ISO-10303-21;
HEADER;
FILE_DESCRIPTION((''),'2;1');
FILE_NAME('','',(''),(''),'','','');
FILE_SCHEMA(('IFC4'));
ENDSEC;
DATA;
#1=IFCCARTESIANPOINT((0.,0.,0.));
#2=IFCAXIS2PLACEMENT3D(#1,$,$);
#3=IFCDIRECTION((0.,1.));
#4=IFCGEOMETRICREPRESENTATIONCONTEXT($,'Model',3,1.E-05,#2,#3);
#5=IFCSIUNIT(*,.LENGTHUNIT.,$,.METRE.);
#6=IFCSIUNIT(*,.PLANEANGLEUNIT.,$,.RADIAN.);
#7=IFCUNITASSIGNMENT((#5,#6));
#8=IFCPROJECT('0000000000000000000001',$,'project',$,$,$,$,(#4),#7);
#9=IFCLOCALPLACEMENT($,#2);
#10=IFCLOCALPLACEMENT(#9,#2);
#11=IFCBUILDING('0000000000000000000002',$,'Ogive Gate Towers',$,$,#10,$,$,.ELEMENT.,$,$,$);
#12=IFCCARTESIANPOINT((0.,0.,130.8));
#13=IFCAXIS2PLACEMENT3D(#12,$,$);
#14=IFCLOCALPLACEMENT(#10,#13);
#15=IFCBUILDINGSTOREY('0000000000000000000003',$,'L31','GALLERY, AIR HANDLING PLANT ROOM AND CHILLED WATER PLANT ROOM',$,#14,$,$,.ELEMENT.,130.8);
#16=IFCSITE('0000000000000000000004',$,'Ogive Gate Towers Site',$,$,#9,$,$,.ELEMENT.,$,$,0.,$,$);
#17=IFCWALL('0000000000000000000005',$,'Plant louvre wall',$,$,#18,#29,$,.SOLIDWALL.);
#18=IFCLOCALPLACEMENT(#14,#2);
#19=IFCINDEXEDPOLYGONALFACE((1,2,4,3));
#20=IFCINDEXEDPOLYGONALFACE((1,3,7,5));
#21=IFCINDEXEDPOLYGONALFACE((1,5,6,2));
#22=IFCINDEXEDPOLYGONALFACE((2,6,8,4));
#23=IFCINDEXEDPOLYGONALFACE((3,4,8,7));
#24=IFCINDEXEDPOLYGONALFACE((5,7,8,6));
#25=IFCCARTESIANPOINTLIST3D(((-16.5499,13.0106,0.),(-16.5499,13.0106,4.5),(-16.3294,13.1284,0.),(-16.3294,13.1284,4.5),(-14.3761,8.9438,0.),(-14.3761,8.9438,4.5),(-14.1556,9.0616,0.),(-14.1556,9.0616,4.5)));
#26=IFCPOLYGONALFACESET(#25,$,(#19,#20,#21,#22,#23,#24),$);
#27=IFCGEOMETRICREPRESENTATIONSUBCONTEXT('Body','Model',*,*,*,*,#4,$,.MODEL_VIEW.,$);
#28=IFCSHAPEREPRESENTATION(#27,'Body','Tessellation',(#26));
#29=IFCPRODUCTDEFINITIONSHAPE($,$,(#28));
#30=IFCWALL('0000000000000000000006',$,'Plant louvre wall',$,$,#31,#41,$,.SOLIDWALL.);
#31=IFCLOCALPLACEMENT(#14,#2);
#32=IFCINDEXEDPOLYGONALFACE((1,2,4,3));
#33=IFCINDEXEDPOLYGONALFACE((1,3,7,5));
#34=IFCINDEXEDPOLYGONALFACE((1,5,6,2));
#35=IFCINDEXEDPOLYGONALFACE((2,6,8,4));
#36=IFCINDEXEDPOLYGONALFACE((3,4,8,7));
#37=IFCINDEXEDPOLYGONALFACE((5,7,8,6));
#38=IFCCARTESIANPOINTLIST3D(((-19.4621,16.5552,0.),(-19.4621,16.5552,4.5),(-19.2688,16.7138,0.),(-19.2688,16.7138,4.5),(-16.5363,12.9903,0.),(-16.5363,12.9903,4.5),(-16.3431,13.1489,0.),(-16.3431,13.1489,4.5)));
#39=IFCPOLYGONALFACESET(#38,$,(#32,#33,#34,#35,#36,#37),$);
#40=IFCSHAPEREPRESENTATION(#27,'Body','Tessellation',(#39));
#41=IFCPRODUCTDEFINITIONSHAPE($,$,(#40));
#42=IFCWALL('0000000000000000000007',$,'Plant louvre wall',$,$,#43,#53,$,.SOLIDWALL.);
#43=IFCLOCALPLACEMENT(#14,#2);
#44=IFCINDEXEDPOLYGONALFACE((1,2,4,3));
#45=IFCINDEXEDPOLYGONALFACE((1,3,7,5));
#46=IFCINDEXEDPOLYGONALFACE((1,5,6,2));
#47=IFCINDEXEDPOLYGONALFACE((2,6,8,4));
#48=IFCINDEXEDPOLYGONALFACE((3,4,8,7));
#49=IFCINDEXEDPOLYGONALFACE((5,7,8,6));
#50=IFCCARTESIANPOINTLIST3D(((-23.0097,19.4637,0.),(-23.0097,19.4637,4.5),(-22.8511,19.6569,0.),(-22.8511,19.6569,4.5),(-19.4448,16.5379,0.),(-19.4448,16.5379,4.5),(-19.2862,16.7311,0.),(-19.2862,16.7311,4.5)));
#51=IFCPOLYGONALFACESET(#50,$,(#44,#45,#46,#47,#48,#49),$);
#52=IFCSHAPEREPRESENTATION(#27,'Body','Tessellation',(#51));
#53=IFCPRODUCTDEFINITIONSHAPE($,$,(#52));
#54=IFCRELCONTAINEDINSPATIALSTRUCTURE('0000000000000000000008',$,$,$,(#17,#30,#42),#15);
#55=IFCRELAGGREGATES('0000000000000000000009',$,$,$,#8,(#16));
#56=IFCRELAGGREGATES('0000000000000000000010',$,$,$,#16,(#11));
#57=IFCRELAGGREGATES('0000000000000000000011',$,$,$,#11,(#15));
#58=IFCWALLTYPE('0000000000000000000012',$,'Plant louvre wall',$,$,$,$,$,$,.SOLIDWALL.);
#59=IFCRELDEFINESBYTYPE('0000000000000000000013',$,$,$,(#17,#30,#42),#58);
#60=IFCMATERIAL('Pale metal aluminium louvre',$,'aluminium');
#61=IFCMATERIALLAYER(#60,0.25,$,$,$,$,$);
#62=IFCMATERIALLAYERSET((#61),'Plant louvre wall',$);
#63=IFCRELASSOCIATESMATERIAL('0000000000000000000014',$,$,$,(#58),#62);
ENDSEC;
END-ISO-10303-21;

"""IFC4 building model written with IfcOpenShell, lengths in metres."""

from ifc_helpers import new_model, si_unit, direction, frame, frame_2d, origin, place, context, subcontext, project, spatial, rectangle, extrude, material, layer, layer_set, type_object, element, save


model = new_model("IFC4")

# Units and contexts
model_context = context("Model", 3, precision=1e-05, world=origin(), true_north=direction((0.0, 1.0)))
body_context = subcontext(model_context, "Body", "Model", "MODEL_VIEW")
ifc_project = project(units=[si_unit("LENGTHUNIT", "METRE"), si_unit("PLANEANGLEUNIT", "RADIAN")], contexts=[model_context])

# Site, building, storey
site_placement = place(None, origin())
site = spatial("IfcSite", under=ifc_project, at=site_placement, Name="Ogive Gate Towers Site", CompositionType="ELEMENT", RefElevation=0.0)
building_placement = place(site_placement, origin())
building = spatial("IfcBuilding", under=site, at=building_placement, Name="Ogive Gate Towers", CompositionType="ELEMENT")
storey_placement = place(building_placement, frame((0.0, 0.0, 130.8)))
storey = spatial("IfcBuildingStorey", under=building, at=storey_placement, Name="L31", Description="GALLERY, AIR HANDLING PLANT ROOM AND CHILLED WATER PLANT ROOM", CompositionType="ELEMENT", Elevation=130.8)

# Walls
ifc_material_1 = material(Name="Pale metal aluminium louvre", Category="aluminium")
ifc_layer_1 = layer(ifc_material_1, 0.25)
ifc_layer_set_1 = layer_set([ifc_layer_1], Name="Plant louvre wall")
wall_type_1 = type_object("IfcWallType", Name="Plant louvre wall", PredefinedType="SOLIDWALL", material=ifc_layer_set_1)
wall_1_placement = place(storey_placement, frame((-14.2659, 9.0027, 0.0), z_axis=(0.0, 0.0, 1.0), x_axis=(-0.471401, 0.881919, 0.0)))
element("IfcWall", 1, at=wall_1_placement, inside=storey, type_object=wall_type_1, Name="Plant louvre wall", PredefinedType="SOLIDWALL", context=body_context, shape_type="SweptSolid", body=[
    extrude(rectangle(XDim=4.6113, YDim=0.25, at=frame_2d((2.3057, 0.0))), origin(), (0.0, 0.0, 1.0), 4.5),
])
for number, where, z_axis, x_axis, name in (
    (2, (-16.4397, 13.0696, 0.0), (0.0, 0.0, 1.0), (-0.634407, 0.772999, 0.0), "Plant louvre wall"),
    (3, (-19.3655, 16.6345, 0.0), (0.0, 0.0, 1.0), (-0.772999, 0.634407, 0.0), "Plant louvre wall"),
):
    element("IfcWall", number, at=place(storey_placement, frame(where, z_axis=z_axis, x_axis=x_axis)), inside=storey, type_object=wall_type_1, Name=name, PredefinedType="SOLIDWALL", context=body_context, shape_type="SweptSolid", body=[
        extrude(rectangle(XDim=4.6118, YDim=0.25, at=frame_2d((2.3059, 0.0))), origin(), (0.0, 0.0, 1.0), 4.5),
    ])

save(model, "model.ifc")
